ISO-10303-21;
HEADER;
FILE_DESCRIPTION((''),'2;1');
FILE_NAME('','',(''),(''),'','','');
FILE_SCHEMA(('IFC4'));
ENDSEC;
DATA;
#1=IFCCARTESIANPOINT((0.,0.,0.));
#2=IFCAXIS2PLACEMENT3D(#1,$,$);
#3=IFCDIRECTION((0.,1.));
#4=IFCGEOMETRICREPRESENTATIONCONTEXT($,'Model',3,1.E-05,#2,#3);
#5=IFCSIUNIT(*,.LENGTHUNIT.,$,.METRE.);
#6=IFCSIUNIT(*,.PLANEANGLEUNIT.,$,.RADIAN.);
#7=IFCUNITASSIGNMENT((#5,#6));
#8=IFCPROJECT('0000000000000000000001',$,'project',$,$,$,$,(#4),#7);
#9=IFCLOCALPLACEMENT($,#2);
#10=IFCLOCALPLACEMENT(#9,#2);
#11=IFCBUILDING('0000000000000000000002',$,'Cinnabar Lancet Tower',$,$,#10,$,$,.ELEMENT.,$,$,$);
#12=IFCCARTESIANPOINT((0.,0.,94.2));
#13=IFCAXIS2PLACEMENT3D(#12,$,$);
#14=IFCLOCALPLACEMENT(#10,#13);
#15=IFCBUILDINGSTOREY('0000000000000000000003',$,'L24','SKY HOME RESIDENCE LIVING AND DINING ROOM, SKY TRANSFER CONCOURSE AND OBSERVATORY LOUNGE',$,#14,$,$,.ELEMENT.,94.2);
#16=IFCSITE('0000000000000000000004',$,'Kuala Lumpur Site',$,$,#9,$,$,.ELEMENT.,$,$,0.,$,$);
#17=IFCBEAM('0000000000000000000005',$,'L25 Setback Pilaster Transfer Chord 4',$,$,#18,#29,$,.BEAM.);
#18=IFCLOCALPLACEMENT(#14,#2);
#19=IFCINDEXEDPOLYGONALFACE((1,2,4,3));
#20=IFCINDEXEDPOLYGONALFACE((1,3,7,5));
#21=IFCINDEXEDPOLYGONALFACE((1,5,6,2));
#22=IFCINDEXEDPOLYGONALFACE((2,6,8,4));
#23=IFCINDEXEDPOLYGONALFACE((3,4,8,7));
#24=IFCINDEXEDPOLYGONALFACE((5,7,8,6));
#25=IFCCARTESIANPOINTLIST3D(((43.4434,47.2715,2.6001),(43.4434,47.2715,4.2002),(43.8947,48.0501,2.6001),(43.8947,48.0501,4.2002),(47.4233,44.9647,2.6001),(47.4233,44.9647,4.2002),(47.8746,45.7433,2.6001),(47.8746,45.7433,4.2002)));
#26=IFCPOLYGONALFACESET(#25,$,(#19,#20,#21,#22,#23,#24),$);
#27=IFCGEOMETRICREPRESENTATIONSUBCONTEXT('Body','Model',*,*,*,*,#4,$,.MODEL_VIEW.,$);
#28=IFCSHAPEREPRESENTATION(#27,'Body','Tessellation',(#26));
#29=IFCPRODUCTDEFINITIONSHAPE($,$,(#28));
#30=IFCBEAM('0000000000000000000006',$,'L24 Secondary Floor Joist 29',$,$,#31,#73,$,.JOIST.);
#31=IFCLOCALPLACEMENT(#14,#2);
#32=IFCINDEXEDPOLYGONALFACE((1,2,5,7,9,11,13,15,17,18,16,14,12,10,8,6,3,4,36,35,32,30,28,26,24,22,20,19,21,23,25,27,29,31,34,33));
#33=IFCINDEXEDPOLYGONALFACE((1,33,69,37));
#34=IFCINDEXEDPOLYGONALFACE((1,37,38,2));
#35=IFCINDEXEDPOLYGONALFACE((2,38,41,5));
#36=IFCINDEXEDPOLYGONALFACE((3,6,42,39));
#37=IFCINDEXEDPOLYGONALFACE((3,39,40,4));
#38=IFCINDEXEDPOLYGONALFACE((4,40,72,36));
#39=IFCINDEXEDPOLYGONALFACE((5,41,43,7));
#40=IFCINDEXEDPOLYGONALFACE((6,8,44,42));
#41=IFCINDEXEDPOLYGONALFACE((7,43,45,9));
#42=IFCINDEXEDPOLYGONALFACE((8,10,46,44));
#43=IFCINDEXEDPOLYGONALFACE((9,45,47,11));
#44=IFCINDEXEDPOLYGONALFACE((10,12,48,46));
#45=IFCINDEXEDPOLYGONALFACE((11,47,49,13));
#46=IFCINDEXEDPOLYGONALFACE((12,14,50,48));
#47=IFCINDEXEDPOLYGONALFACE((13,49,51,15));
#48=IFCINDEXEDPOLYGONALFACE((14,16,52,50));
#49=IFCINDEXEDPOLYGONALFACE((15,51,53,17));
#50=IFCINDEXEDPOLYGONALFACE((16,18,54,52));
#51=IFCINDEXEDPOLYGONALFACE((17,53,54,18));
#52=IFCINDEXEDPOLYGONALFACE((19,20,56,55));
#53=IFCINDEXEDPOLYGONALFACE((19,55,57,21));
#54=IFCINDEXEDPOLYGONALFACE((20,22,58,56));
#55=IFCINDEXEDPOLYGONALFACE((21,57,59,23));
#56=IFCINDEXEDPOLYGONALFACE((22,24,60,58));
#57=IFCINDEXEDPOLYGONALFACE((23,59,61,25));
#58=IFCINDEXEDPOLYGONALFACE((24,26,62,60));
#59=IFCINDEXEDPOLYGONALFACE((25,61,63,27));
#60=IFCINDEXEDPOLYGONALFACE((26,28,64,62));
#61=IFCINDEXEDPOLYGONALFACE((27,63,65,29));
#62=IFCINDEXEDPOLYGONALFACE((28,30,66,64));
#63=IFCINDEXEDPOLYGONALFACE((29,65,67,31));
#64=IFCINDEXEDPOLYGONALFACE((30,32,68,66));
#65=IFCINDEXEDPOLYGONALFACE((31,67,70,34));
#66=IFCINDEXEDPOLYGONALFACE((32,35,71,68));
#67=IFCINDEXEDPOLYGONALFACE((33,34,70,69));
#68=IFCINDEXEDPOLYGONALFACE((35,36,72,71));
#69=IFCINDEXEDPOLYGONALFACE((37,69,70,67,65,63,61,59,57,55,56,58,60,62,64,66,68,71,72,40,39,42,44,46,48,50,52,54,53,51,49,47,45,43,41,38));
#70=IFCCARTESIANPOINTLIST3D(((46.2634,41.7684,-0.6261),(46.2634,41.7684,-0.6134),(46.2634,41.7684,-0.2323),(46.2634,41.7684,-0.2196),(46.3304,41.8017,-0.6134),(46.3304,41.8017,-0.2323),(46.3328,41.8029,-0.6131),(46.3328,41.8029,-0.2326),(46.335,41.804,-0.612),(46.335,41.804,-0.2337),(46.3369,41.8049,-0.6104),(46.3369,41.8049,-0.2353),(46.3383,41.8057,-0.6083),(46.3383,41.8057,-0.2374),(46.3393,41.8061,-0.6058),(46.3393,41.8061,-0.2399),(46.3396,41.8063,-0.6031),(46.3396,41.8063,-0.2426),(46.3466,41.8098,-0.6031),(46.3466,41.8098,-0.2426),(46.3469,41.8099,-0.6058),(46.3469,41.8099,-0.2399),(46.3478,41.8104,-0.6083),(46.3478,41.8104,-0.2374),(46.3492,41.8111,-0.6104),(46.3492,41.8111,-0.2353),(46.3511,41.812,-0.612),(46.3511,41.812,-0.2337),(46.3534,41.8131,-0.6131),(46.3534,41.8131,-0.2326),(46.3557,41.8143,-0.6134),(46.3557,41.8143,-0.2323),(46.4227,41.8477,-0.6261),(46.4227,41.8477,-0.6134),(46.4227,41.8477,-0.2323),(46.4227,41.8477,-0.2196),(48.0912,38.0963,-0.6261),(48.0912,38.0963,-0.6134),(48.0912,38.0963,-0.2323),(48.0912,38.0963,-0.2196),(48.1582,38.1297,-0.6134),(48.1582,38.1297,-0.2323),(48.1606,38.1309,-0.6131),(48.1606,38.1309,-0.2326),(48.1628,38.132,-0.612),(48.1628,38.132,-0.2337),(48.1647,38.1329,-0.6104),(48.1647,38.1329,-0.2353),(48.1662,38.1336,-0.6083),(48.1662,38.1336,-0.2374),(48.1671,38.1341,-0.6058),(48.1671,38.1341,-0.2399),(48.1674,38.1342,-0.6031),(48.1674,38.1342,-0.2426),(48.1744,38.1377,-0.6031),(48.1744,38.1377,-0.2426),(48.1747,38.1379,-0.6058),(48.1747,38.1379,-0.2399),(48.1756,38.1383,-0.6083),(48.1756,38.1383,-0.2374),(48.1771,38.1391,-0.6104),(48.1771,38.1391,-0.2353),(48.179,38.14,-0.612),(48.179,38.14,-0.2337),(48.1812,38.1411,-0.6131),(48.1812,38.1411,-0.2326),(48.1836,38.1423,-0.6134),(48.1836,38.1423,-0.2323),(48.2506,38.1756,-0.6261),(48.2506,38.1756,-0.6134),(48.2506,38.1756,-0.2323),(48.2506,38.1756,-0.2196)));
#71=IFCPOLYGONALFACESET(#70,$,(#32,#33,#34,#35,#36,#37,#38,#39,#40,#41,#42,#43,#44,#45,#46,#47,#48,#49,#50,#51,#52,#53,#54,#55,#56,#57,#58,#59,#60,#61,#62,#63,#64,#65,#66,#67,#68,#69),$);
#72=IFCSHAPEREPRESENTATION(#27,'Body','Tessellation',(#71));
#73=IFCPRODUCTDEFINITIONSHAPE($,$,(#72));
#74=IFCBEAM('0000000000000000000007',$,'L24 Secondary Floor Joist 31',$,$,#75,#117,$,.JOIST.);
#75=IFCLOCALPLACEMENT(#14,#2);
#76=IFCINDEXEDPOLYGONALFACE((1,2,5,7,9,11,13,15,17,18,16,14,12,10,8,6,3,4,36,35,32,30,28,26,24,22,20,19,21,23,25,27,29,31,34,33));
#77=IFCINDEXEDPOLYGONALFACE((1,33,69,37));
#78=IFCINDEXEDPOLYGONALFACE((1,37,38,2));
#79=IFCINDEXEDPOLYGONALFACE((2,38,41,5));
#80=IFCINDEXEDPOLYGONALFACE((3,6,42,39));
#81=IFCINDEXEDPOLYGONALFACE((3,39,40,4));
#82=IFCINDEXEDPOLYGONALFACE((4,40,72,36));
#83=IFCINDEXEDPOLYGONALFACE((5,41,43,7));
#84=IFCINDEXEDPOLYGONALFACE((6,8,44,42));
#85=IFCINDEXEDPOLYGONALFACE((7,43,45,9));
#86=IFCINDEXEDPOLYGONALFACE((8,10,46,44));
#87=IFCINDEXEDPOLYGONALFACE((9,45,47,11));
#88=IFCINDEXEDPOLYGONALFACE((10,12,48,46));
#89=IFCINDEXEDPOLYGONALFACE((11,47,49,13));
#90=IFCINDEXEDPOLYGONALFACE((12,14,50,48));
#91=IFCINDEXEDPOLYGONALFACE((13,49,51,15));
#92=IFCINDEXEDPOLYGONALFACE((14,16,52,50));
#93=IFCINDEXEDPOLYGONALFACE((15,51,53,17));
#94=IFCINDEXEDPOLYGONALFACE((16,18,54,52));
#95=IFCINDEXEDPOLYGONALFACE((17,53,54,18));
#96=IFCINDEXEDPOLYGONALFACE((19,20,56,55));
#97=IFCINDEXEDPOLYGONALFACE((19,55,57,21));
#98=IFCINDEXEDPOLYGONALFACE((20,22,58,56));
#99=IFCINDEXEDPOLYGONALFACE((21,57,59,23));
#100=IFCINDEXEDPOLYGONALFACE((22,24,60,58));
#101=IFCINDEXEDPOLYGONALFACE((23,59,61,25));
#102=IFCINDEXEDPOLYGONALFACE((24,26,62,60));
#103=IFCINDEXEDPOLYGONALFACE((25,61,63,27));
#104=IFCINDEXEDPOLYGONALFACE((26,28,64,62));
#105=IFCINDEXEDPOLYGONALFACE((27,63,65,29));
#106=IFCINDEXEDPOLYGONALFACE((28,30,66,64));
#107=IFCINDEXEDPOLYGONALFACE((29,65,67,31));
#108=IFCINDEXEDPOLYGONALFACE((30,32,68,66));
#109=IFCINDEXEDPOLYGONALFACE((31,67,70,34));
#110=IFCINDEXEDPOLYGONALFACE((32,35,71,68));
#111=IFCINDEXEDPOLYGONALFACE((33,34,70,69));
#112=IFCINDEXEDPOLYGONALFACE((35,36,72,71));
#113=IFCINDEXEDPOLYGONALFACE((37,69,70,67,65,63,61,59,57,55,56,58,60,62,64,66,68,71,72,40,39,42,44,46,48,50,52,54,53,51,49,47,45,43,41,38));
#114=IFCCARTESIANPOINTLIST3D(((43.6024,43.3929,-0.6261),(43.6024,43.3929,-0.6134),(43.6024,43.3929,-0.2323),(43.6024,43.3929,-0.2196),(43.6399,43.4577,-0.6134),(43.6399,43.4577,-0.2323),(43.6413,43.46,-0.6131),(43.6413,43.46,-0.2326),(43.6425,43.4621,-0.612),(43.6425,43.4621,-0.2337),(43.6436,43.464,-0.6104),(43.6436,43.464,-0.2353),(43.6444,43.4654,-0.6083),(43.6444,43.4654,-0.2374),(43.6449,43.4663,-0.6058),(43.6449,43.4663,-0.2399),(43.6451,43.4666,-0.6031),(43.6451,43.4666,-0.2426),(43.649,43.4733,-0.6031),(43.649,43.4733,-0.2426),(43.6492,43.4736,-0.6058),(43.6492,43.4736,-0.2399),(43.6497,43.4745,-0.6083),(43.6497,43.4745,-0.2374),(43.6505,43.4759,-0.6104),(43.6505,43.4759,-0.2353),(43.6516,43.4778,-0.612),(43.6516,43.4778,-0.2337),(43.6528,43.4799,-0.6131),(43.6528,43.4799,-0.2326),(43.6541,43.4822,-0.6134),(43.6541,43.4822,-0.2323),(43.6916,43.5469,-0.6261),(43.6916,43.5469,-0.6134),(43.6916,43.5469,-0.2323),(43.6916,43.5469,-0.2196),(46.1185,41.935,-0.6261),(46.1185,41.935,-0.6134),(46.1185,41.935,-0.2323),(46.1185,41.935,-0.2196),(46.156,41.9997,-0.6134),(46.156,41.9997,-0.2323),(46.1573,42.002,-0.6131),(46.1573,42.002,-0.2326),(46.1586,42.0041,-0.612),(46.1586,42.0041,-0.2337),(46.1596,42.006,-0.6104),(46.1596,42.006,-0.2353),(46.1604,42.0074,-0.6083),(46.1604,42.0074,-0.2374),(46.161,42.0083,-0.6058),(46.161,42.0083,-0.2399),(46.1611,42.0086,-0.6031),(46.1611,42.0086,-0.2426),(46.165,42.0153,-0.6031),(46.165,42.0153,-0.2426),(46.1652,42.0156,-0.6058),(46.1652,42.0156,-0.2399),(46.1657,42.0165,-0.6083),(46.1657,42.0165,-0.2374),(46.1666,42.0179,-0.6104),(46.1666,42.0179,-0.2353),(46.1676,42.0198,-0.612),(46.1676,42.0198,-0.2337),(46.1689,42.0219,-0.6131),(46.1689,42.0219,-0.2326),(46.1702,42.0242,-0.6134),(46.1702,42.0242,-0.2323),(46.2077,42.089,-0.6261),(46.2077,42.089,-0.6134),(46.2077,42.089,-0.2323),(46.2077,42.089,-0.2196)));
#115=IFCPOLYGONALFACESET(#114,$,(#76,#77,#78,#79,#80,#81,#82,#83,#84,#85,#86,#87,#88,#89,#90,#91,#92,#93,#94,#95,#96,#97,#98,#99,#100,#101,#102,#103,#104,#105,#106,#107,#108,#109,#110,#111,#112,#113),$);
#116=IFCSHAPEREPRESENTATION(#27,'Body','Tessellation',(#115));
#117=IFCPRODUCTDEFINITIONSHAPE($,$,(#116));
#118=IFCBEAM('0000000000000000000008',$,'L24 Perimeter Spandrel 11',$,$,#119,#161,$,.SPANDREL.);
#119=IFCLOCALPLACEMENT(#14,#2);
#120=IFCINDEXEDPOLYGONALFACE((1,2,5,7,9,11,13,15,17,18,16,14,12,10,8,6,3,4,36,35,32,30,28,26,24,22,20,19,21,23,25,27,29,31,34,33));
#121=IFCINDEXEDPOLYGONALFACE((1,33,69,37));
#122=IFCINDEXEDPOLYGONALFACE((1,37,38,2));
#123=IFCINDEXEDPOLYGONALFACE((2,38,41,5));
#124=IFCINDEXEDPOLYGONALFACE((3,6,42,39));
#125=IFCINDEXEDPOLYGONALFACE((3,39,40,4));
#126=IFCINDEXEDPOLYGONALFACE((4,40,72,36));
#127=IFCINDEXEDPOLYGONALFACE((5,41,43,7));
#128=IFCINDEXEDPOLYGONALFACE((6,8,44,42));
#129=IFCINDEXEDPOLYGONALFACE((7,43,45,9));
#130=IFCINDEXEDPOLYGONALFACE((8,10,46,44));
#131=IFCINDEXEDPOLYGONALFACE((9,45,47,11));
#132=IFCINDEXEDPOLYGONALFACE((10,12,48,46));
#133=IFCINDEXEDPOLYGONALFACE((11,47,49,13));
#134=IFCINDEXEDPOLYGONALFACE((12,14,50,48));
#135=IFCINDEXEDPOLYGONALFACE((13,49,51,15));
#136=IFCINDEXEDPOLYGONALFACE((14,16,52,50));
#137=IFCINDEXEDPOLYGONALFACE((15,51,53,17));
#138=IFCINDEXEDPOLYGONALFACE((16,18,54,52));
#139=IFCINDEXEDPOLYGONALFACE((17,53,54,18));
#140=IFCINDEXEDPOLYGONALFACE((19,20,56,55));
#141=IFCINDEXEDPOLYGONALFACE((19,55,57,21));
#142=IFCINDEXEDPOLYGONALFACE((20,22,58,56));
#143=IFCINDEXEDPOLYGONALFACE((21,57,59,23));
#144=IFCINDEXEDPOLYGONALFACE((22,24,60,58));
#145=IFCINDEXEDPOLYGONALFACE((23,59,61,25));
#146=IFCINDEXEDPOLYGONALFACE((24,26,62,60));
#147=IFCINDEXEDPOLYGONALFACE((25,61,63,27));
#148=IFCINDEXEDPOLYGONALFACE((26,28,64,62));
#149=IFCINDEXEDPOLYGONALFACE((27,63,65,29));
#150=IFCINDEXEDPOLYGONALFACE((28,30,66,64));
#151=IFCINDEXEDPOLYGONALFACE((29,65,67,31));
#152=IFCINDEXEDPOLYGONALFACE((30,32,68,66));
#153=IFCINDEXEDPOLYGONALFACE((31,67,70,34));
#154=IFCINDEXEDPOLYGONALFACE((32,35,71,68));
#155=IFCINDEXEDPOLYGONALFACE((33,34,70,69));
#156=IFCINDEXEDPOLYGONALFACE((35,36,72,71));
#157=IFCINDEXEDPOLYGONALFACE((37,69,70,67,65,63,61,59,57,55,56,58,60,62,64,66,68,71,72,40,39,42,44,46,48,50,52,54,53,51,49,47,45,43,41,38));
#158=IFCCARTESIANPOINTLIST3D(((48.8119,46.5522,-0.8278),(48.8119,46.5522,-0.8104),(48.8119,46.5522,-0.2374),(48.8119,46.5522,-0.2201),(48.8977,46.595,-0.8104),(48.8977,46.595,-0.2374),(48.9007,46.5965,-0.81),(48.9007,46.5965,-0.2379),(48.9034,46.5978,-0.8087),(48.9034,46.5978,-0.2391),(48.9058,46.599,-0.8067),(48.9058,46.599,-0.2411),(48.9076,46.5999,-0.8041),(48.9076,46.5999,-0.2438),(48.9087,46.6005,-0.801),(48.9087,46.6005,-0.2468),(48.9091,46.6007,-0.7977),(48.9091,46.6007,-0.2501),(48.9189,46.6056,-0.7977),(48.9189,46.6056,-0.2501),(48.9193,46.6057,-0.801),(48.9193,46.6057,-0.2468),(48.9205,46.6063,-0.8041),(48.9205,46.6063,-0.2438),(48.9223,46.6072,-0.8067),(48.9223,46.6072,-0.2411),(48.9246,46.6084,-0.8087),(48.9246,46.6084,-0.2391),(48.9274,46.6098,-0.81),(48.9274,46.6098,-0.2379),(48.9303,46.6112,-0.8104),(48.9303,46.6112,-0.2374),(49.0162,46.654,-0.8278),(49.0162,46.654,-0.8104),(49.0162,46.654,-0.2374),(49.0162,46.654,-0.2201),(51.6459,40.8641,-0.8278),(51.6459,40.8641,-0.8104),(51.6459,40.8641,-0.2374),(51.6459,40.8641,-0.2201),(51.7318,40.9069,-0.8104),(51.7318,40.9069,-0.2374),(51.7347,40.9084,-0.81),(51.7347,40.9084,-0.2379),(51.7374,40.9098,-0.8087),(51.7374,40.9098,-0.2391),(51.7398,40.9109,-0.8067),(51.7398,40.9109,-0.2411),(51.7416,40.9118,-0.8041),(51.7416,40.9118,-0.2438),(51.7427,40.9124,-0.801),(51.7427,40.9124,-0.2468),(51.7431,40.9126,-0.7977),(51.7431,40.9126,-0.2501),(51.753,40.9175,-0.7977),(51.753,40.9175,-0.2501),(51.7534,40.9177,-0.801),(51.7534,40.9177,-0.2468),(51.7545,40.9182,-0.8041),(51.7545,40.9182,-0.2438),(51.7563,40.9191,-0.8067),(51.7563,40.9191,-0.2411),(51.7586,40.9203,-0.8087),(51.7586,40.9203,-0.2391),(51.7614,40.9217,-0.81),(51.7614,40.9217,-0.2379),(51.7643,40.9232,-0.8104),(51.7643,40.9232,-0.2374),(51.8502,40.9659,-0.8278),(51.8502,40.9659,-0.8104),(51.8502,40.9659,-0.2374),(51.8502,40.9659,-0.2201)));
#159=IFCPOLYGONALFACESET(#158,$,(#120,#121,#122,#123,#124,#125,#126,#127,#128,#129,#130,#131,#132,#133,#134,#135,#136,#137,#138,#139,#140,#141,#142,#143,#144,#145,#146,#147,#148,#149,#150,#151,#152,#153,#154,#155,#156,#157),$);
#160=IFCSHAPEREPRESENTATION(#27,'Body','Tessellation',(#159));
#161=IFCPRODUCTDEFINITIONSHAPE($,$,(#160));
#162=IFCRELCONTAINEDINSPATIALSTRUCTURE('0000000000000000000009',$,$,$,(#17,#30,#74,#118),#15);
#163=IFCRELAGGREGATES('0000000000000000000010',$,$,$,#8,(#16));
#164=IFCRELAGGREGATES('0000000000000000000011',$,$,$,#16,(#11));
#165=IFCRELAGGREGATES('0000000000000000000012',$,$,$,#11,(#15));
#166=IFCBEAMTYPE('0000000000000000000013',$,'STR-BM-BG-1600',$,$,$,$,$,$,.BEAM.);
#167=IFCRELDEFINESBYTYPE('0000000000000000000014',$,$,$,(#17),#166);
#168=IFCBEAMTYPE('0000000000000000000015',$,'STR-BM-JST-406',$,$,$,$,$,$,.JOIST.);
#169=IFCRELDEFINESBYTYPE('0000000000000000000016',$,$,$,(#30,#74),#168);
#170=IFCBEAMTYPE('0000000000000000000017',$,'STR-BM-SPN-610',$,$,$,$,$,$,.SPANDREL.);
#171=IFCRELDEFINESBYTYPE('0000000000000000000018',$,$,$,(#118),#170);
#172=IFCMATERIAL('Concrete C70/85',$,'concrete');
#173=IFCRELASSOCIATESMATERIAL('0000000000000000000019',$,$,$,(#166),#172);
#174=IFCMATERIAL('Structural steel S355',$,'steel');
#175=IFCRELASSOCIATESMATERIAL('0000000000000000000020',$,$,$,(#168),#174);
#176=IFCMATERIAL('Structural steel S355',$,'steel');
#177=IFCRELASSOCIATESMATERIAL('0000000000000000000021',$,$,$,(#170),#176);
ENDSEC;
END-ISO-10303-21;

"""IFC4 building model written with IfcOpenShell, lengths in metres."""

from ifc_helpers import new_model, si_unit, direction, frame, origin, origin_2d, place, context, subcontext, project, spatial, rectangle, i_section, extrude, material, material_profile, profile_set, type_object, element, save


model = new_model("IFC4")

# Units and contexts
model_context = context("Model", 3, precision=1e-05, world=origin(), true_north=direction((0.0, 1.0)))
body_context = subcontext(model_context, "Body", "Model", "MODEL_VIEW")
ifc_project = project(units=[si_unit("LENGTHUNIT", "METRE"), si_unit("PLANEANGLEUNIT", "RADIAN")], contexts=[model_context])

# Site, building, storey
site_placement = place(None, origin())
site = spatial("IfcSite", under=ifc_project, at=site_placement, Name="Kuala Lumpur Site", CompositionType="ELEMENT", RefElevation=0.0)
building_placement = place(site_placement, origin())
building = spatial("IfcBuilding", under=site, at=building_placement, Name="Cinnabar Lancet Tower", CompositionType="ELEMENT")
storey_placement = place(building_placement, frame((0.0, 0.0, 94.2)))
storey = spatial("IfcBuildingStorey", under=building, at=storey_placement, Name="L24", Description="SKY HOME RESIDENCE LIVING AND DINING ROOM, SKY TRANSFER CONCOURSE AND OBSERVATORY LOUNGE", CompositionType="ELEMENT", Elevation=94.2)

# Beams
ifc_material_1 = material(Name="Concrete C70/85", Category="concrete")
ifc_material_profile_1 = material_profile(ifc_material_1, rectangle(XDim=0.8999, YDim=1.6001, at=origin_2d()), Name="RC-BG 900x1600")
ifc_profile_set_1 = profile_set([ifc_material_profile_1], Name="Concrete C70/85")
beam_type_1 = type_object("IfcBeamType", Name="STR-BM-BG-1600", PredefinedType="BEAM", material=ifc_profile_set_1)
beam_1_placement = place(storey_placement, frame((47.6489, 45.354, 3.4001), z_axis=(-0.865173, 0.501473, 0.0), x_axis=(-0.501473, -0.865173, 0.0)))
element("IfcBeam", 1, at=beam_1_placement, inside=storey, type_object=beam_type_1, Name="L25 Setback Pilaster Transfer Chord 4", PredefinedType="BEAM", context=body_context, shape_type="SweptSolid", body=[
    extrude(rectangle(XDim=0.8999, YDim=1.6001, at=origin_2d()), origin(), (0.0, 0.0, 1.0), 4.6001),
])
ifc_material_2 = material(Name="Structural steel S355", Category="steel")
ifc_material_profile_2 = material_profile(ifc_material_2, i_section(OverallWidth=0.178, OverallDepth=0.4065, WebThickness=0.0078, FlangeThickness=0.0127, FilletRadius=0.0103, at=origin_2d()), Name="UKB 406x178x60")
ifc_profile_set_2 = profile_set([ifc_material_profile_2], Name="Structural steel S355")
beam_type_2 = type_object("IfcBeamType", Name="STR-BM-JST-406", PredefinedType="JOIST", material=ifc_profile_set_2)
beam_2_placement = place(storey_placement, frame((48.1709, 38.136, -0.4229), z_axis=(-0.445618, 0.895223, 0.0), x_axis=(-0.895223, -0.445618, 0.0)))
element("IfcBeam", 2, at=beam_2_placement, inside=storey, type_object=beam_type_2, Name="L24 Secondary Floor Joist 29", PredefinedType="JOIST", context=body_context, shape_type="SweptSolid", body=[
    extrude(i_section(OverallWidth=0.178, OverallDepth=0.4065, WebThickness=0.0078, FlangeThickness=0.0127, FilletRadius=0.0103, at=origin_2d()), origin(), (0.0, 0.0, 1.0), 4.1018),
])
beam_3_placement = place(storey_placement, frame((46.1631, 42.012, -0.4229), z_axis=(-0.865231, 0.501374, 0.0), x_axis=(-0.501374, -0.865231, 0.0)))
element("IfcBeam", 3, at=beam_3_placement, inside=storey, type_object=beam_type_2, Name="L24 Secondary Floor Joist 31", PredefinedType="JOIST", context=body_context, shape_type="SweptSolid", body=[
    extrude(i_section(OverallWidth=0.178, OverallDepth=0.4065, WebThickness=0.0078, FlangeThickness=0.0127, FilletRadius=0.0103, at=origin_2d()), origin(), (0.0, 0.0, 1.0), 2.908),
])
ifc_material_3 = material(Name="Structural steel S355", Category="steel")
ifc_material_profile_3 = material_profile(ifc_material_3, i_section(OverallWidth=0.2283, OverallDepth=0.6077, WebThickness=0.011, FlangeThickness=0.0173, FilletRadius=0.0127, at=origin_2d()), Name="UKB 610x229x113")
ifc_profile_set_3 = profile_set([ifc_material_profile_3], Name="Structural steel S355")
beam_type_3 = type_object("IfcBeamType", Name="STR-BM-SPN-610", PredefinedType="SPANDREL", material=ifc_profile_set_3)
beam_4_placement = place(storey_placement, frame((51.748, 40.915, -0.5239), z_axis=(-0.445953, 0.895056, 0.0), x_axis=(-0.895056, -0.445953, 0.0)))
element("IfcBeam", 4, at=beam_4_placement, inside=storey, type_object=beam_type_3, Name="L24 Perimeter Spandrel 11", PredefinedType="SPANDREL", context=body_context, shape_type="SweptSolid", body=[
    extrude(i_section(OverallWidth=0.2283, OverallDepth=0.6077, WebThickness=0.011, FlangeThickness=0.0173, FilletRadius=0.0127, at=origin_2d()), origin(), (0.0, 0.0, 1.0), 6.355),
])

save(model, "model.ifc")
